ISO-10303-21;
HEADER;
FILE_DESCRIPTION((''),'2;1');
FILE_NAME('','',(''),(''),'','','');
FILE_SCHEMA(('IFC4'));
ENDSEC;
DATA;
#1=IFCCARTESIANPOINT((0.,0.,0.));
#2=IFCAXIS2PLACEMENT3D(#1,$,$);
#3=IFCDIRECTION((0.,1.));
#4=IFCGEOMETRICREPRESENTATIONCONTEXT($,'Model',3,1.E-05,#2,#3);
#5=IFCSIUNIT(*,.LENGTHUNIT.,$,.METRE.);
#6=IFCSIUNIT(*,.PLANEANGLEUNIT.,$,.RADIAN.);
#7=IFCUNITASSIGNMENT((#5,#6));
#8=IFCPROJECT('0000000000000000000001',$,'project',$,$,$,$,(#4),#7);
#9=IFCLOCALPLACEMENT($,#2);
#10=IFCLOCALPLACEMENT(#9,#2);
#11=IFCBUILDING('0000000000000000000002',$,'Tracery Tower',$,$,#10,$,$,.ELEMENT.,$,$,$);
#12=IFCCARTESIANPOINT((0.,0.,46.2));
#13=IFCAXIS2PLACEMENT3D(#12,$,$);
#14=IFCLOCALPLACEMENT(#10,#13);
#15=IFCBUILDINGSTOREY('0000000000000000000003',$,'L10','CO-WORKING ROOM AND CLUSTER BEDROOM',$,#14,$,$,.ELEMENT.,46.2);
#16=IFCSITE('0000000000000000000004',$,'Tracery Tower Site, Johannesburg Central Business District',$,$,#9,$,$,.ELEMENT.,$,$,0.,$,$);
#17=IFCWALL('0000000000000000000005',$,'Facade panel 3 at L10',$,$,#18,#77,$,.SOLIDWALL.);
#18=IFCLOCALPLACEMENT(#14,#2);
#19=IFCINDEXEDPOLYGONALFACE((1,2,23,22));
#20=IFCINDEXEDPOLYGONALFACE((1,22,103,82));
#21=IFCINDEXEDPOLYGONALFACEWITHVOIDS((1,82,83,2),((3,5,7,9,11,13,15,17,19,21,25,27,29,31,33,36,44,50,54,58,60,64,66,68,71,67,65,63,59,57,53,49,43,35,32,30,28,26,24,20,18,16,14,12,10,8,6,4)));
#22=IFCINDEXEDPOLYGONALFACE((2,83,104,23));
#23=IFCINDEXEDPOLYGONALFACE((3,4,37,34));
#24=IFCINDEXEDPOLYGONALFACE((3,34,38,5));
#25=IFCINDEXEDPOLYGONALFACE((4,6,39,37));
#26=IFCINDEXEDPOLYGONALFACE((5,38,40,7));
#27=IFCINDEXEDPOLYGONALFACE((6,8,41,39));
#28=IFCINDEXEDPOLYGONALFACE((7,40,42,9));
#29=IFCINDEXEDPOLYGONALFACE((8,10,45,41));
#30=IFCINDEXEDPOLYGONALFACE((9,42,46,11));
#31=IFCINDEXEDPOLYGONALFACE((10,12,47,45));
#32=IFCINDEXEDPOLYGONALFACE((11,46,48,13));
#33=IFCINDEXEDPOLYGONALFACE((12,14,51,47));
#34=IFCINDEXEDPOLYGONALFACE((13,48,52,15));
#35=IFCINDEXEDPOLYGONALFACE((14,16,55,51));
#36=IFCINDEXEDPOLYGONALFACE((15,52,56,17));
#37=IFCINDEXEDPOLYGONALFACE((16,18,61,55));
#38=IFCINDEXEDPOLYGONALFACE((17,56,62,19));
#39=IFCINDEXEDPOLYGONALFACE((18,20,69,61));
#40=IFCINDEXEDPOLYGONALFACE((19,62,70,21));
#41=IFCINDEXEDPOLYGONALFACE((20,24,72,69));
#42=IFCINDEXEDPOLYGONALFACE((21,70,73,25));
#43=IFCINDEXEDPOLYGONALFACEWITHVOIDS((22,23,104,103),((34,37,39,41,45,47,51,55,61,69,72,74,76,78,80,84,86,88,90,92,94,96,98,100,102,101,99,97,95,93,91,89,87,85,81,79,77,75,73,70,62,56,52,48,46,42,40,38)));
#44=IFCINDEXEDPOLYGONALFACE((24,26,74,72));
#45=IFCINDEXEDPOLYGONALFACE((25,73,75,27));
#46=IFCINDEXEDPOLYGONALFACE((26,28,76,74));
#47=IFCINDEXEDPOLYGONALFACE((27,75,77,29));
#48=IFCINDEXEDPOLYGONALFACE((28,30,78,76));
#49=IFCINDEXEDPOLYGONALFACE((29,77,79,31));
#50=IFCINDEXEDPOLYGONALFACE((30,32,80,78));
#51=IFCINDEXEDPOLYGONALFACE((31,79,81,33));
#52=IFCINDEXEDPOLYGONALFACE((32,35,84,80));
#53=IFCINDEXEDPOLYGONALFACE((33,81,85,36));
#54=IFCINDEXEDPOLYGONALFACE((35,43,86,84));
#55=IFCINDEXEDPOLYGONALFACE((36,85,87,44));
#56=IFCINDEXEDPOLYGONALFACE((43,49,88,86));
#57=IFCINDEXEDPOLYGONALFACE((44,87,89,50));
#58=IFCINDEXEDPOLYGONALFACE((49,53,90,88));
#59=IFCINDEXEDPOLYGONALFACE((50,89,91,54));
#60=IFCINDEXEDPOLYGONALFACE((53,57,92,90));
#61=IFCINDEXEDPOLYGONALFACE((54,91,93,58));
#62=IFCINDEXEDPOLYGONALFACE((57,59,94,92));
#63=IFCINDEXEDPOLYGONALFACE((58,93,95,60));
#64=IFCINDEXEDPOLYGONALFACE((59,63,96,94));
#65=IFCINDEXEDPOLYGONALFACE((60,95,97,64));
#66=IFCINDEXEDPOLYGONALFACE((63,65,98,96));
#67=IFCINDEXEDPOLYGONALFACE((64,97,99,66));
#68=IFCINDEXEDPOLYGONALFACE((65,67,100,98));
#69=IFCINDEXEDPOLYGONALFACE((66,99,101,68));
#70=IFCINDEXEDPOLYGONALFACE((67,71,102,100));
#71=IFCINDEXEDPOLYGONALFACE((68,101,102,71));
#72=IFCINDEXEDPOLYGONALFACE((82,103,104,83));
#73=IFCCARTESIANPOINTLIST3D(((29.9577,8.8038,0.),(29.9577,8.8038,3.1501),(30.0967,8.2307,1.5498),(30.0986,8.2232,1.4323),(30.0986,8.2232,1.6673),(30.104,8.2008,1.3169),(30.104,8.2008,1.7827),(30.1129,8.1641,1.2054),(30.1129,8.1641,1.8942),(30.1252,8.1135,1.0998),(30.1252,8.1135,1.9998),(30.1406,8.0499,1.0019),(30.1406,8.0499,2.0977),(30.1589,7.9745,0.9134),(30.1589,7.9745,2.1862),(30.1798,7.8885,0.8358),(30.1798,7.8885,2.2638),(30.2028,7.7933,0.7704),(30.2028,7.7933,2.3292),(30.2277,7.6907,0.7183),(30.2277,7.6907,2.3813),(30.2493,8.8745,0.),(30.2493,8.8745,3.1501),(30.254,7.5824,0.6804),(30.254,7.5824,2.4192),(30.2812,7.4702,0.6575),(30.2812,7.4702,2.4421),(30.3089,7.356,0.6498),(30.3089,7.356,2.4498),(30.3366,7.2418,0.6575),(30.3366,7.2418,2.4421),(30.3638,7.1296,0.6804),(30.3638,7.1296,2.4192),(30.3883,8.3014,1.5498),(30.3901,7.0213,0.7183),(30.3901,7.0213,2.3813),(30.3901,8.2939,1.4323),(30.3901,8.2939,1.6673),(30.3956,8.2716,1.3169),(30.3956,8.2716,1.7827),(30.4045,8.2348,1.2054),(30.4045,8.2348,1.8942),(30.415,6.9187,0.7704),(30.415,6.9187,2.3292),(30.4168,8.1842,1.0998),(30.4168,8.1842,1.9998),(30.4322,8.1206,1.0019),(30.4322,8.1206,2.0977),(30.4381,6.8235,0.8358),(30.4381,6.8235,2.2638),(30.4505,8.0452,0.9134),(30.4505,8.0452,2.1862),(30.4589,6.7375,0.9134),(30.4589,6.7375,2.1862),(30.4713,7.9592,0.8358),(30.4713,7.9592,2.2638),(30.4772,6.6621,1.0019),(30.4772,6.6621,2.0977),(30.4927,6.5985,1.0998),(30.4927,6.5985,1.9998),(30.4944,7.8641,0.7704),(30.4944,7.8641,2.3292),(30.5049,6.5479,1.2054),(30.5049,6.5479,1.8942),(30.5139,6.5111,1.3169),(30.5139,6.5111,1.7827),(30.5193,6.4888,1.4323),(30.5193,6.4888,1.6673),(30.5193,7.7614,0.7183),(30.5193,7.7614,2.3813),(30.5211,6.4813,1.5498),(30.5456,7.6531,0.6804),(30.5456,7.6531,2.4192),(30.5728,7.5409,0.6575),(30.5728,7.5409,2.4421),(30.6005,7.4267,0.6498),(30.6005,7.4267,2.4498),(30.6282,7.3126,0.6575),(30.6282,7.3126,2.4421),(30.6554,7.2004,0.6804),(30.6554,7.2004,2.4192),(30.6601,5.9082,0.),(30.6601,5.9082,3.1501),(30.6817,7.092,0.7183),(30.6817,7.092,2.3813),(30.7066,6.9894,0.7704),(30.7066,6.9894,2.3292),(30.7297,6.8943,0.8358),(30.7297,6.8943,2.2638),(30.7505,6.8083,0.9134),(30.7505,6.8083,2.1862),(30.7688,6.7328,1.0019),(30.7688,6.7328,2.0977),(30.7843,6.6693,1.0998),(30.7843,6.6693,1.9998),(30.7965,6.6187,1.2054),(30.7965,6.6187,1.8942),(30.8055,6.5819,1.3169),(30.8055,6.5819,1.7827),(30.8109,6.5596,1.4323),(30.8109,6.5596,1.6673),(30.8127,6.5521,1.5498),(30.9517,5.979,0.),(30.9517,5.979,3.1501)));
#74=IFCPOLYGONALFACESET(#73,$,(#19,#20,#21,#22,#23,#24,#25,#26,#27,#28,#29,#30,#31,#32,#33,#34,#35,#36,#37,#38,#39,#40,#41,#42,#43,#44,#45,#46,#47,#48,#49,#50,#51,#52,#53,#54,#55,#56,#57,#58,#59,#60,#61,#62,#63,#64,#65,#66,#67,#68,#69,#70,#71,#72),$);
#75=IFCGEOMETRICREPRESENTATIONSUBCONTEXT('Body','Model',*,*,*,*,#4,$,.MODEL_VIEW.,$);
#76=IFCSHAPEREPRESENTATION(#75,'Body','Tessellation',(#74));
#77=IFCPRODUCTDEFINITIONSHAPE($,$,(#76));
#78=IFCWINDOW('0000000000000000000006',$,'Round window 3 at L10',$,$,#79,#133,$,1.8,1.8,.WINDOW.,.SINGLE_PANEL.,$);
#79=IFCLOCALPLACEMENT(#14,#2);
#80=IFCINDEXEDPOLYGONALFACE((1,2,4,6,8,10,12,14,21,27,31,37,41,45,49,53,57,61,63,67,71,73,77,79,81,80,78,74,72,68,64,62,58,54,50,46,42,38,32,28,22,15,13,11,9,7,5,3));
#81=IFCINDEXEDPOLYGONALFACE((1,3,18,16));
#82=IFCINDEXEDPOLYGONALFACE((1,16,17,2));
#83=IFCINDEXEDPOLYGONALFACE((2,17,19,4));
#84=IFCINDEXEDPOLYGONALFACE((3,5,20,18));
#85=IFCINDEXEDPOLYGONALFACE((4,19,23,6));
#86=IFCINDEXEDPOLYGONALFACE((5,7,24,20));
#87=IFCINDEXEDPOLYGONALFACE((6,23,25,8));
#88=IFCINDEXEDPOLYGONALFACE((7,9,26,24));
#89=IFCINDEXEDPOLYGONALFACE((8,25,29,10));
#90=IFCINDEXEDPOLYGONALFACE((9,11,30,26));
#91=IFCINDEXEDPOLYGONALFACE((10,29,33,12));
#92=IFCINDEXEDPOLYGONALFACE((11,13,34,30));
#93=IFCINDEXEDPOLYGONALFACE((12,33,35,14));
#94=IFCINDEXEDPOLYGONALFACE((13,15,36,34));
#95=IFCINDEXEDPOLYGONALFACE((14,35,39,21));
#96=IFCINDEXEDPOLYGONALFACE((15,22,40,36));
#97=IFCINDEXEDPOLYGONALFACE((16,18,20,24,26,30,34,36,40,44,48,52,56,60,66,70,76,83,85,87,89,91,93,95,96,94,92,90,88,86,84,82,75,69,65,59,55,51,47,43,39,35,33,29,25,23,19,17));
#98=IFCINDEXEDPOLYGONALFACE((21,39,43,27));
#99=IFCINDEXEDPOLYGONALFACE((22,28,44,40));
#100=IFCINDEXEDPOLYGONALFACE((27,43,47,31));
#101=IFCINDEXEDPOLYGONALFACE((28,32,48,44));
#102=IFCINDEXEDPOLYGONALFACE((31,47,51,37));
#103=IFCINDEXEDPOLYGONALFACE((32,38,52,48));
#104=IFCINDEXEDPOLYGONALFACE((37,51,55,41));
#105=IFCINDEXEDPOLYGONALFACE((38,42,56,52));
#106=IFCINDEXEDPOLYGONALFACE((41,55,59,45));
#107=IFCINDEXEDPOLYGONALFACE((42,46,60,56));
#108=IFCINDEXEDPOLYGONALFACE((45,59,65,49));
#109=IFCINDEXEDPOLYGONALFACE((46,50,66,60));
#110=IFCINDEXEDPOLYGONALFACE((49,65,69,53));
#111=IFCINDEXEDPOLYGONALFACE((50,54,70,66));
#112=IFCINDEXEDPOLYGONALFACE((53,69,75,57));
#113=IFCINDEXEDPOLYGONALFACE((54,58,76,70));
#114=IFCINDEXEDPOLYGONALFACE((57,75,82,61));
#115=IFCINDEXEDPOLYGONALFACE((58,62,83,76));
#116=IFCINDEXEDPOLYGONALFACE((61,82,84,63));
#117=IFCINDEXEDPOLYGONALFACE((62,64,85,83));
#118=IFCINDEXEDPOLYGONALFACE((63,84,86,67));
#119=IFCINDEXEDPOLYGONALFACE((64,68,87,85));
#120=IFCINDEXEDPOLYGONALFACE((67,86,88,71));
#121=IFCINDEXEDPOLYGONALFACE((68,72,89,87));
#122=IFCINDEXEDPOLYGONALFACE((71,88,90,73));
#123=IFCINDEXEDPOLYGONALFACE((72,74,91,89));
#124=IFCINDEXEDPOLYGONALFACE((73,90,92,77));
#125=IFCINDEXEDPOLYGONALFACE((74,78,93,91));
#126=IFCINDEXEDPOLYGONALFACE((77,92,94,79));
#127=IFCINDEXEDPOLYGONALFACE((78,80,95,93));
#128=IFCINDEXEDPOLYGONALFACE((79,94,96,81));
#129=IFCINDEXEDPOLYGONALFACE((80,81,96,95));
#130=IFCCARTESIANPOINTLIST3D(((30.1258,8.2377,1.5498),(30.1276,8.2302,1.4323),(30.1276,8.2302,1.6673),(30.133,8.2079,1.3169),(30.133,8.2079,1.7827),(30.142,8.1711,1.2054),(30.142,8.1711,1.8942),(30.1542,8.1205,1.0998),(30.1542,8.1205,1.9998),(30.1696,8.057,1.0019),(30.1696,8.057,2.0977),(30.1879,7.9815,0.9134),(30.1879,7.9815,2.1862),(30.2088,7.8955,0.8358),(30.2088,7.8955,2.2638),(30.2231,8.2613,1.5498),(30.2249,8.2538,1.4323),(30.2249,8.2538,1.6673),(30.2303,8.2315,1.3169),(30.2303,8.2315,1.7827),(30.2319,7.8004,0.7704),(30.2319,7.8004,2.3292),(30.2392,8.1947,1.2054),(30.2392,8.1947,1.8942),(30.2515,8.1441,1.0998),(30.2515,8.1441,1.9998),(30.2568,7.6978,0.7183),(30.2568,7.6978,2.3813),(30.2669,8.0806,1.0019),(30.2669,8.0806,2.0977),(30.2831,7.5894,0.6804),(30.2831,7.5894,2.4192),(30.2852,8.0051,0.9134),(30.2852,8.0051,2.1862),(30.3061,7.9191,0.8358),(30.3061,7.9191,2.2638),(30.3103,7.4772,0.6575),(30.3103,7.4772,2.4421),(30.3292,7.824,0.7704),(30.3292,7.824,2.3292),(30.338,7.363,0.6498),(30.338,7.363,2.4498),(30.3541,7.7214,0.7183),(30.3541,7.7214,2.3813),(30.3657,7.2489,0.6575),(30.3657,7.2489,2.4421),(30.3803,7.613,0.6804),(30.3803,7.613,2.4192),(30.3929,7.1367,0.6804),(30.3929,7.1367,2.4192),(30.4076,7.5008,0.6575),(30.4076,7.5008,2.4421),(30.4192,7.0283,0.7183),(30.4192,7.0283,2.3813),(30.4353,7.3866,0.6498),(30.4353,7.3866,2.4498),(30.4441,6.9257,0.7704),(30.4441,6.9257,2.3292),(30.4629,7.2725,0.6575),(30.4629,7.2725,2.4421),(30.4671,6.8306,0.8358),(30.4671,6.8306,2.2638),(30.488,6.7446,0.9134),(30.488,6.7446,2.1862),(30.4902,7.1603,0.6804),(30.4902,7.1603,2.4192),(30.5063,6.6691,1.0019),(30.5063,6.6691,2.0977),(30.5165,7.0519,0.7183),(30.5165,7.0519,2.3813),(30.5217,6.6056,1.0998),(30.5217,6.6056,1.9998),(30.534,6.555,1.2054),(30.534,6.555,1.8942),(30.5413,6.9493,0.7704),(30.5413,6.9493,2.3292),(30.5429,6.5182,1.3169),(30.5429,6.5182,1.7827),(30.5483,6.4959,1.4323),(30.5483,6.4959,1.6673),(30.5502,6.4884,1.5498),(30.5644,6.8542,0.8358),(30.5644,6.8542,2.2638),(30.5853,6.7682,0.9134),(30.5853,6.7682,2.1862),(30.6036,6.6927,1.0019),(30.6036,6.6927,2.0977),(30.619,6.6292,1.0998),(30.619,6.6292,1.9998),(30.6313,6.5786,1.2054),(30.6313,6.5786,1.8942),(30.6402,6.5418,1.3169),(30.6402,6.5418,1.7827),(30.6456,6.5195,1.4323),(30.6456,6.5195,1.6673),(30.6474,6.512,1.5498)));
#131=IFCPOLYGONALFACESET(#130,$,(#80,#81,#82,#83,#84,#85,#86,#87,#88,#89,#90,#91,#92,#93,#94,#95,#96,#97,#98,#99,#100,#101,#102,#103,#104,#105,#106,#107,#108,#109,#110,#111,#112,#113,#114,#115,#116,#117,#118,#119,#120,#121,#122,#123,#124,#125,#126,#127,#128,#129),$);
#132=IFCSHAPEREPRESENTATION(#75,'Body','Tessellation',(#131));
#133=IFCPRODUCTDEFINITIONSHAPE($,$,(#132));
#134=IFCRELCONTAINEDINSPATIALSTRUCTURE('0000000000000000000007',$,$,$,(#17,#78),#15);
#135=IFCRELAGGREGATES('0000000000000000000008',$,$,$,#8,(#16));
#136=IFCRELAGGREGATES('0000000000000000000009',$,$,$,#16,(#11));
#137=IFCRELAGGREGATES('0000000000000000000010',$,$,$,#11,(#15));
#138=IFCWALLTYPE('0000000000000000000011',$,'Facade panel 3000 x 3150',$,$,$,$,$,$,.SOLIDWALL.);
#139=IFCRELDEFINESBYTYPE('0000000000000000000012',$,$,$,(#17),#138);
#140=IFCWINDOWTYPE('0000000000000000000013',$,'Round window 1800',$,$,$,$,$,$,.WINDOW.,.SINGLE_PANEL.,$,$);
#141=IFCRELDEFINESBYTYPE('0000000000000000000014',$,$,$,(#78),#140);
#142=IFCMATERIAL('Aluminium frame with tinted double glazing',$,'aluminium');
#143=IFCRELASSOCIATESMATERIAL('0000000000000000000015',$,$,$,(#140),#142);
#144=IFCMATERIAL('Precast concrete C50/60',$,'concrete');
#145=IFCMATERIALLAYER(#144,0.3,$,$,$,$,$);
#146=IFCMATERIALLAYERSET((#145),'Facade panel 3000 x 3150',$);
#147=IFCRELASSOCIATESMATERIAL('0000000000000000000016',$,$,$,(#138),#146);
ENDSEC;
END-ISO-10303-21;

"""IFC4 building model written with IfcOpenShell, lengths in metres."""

from ifc_helpers import new_model, si_unit, direction, frame, frame_2d, origin, origin_2d, place, context, subcontext, project, spatial, rectangle, circle, extrude, material, layer, layer_set, type_object, element, fill, save


model = new_model("IFC4")

# Units and contexts
model_context = context("Model", 3, precision=1e-05, world=origin(), true_north=direction((0.0, 1.0)))
body_context = subcontext(model_context, "Body", "Model", "MODEL_VIEW")
ifc_project = project(units=[si_unit("LENGTHUNIT", "METRE"), si_unit("PLANEANGLEUNIT", "RADIAN")], contexts=[model_context])

# Site, building, storey
site_placement = place(None, origin())
site = spatial("IfcSite", under=ifc_project, at=site_placement, Name="Tracery Tower Site, Johannesburg Central Business District", CompositionType="ELEMENT", RefElevation=0.0)
building_placement = place(site_placement, origin())
building = spatial("IfcBuilding", under=site, at=building_placement, Name="Tracery Tower", CompositionType="ELEMENT")
storey_placement = place(building_placement, frame((0.0, 0.0, 46.2)))
storey = spatial("IfcBuildingStorey", under=building, at=storey_placement, Name="L10", Description="CO-WORKING ROOM AND CLUSTER BEDROOM", CompositionType="ELEMENT", Elevation=46.2)

# Wall, opening, window
ifc_material_1 = material(Name="Aluminium frame with tinted double glazing", Category="aluminium")
window_type = type_object("IfcWindowType", Name="Round window 1800", PartitioningType="SINGLE_PANEL", PredefinedType="WINDOW", material=ifc_material_1)
ifc_material_2 = material(Name="Precast concrete C50/60", Category="concrete")
ifc_layer_1 = layer(ifc_material_2, 0.3)
ifc_layer_set_1 = layer_set([ifc_layer_1], Name="Facade panel 3000 x 3150")
wall_type_1 = type_object("IfcWallType", Name="Facade panel 3000 x 3150", PredefinedType="SOLIDWALL", material=ifc_layer_set_1)
wall_1_placement = place(storey_placement, frame((30.8059, 5.9436, 0.0), z_axis=(0.0, 0.0, 1.0), x_axis=(-0.235743, 0.971815, 0.0)))
wall_1 = element("IfcWall", 1, at=wall_1_placement, inside=storey, type_object=wall_type_1, Name="Facade panel 3 at L10", PredefinedType="SOLIDWALL", context=body_context, shape_type="SweptSolid", body=[
    extrude(rectangle(XDim=2.9795, YDim=0.3, at=frame_2d((1.4897, 0.0))), origin(), (0.0, 0.0, 1.0), 3.1501),
])
opening_1_placement = place(wall_1_placement, frame((1.4897, 0.0, 1.5498)))
opening_1 = element("IfcOpeningElement", 2, at=opening_1_placement, cuts=wall_1, PredefinedType="OPENING", context=body_context, shape_type="SweptSolid", body=[
    extrude(circle(Radius=0.9, at=origin_2d()), frame((0.0, 0.1599, 0.0), z_axis=(0.0, -1.0, 0.0), x_axis=(1.0, 0.0, 0.0)), (0.0, 0.0, 1.0), 0.3201),
])
window_1_placement = place(opening_1_placement, origin())
window_1 = element("IfcWindow", 3, at=window_1_placement, inside=storey, type_object=window_type, Name="Round window 3 at L10", OverallHeight=1.8, OverallWidth=1.8, PartitioningType="SINGLE_PANEL", PredefinedType="WINDOW", context=body_context, shape_type="SweptSolid", body=[
    extrude(circle(Radius=0.9, at=origin_2d()), frame((0.0, 0.1201, 0.0), z_axis=(0.0, -1.0, 0.0), x_axis=(1.0, 0.0, 0.0)), (0.0, 0.0, 1.0), 0.1001),
])
fill(opening_1, window_1)

save(model, "model.ifc")
